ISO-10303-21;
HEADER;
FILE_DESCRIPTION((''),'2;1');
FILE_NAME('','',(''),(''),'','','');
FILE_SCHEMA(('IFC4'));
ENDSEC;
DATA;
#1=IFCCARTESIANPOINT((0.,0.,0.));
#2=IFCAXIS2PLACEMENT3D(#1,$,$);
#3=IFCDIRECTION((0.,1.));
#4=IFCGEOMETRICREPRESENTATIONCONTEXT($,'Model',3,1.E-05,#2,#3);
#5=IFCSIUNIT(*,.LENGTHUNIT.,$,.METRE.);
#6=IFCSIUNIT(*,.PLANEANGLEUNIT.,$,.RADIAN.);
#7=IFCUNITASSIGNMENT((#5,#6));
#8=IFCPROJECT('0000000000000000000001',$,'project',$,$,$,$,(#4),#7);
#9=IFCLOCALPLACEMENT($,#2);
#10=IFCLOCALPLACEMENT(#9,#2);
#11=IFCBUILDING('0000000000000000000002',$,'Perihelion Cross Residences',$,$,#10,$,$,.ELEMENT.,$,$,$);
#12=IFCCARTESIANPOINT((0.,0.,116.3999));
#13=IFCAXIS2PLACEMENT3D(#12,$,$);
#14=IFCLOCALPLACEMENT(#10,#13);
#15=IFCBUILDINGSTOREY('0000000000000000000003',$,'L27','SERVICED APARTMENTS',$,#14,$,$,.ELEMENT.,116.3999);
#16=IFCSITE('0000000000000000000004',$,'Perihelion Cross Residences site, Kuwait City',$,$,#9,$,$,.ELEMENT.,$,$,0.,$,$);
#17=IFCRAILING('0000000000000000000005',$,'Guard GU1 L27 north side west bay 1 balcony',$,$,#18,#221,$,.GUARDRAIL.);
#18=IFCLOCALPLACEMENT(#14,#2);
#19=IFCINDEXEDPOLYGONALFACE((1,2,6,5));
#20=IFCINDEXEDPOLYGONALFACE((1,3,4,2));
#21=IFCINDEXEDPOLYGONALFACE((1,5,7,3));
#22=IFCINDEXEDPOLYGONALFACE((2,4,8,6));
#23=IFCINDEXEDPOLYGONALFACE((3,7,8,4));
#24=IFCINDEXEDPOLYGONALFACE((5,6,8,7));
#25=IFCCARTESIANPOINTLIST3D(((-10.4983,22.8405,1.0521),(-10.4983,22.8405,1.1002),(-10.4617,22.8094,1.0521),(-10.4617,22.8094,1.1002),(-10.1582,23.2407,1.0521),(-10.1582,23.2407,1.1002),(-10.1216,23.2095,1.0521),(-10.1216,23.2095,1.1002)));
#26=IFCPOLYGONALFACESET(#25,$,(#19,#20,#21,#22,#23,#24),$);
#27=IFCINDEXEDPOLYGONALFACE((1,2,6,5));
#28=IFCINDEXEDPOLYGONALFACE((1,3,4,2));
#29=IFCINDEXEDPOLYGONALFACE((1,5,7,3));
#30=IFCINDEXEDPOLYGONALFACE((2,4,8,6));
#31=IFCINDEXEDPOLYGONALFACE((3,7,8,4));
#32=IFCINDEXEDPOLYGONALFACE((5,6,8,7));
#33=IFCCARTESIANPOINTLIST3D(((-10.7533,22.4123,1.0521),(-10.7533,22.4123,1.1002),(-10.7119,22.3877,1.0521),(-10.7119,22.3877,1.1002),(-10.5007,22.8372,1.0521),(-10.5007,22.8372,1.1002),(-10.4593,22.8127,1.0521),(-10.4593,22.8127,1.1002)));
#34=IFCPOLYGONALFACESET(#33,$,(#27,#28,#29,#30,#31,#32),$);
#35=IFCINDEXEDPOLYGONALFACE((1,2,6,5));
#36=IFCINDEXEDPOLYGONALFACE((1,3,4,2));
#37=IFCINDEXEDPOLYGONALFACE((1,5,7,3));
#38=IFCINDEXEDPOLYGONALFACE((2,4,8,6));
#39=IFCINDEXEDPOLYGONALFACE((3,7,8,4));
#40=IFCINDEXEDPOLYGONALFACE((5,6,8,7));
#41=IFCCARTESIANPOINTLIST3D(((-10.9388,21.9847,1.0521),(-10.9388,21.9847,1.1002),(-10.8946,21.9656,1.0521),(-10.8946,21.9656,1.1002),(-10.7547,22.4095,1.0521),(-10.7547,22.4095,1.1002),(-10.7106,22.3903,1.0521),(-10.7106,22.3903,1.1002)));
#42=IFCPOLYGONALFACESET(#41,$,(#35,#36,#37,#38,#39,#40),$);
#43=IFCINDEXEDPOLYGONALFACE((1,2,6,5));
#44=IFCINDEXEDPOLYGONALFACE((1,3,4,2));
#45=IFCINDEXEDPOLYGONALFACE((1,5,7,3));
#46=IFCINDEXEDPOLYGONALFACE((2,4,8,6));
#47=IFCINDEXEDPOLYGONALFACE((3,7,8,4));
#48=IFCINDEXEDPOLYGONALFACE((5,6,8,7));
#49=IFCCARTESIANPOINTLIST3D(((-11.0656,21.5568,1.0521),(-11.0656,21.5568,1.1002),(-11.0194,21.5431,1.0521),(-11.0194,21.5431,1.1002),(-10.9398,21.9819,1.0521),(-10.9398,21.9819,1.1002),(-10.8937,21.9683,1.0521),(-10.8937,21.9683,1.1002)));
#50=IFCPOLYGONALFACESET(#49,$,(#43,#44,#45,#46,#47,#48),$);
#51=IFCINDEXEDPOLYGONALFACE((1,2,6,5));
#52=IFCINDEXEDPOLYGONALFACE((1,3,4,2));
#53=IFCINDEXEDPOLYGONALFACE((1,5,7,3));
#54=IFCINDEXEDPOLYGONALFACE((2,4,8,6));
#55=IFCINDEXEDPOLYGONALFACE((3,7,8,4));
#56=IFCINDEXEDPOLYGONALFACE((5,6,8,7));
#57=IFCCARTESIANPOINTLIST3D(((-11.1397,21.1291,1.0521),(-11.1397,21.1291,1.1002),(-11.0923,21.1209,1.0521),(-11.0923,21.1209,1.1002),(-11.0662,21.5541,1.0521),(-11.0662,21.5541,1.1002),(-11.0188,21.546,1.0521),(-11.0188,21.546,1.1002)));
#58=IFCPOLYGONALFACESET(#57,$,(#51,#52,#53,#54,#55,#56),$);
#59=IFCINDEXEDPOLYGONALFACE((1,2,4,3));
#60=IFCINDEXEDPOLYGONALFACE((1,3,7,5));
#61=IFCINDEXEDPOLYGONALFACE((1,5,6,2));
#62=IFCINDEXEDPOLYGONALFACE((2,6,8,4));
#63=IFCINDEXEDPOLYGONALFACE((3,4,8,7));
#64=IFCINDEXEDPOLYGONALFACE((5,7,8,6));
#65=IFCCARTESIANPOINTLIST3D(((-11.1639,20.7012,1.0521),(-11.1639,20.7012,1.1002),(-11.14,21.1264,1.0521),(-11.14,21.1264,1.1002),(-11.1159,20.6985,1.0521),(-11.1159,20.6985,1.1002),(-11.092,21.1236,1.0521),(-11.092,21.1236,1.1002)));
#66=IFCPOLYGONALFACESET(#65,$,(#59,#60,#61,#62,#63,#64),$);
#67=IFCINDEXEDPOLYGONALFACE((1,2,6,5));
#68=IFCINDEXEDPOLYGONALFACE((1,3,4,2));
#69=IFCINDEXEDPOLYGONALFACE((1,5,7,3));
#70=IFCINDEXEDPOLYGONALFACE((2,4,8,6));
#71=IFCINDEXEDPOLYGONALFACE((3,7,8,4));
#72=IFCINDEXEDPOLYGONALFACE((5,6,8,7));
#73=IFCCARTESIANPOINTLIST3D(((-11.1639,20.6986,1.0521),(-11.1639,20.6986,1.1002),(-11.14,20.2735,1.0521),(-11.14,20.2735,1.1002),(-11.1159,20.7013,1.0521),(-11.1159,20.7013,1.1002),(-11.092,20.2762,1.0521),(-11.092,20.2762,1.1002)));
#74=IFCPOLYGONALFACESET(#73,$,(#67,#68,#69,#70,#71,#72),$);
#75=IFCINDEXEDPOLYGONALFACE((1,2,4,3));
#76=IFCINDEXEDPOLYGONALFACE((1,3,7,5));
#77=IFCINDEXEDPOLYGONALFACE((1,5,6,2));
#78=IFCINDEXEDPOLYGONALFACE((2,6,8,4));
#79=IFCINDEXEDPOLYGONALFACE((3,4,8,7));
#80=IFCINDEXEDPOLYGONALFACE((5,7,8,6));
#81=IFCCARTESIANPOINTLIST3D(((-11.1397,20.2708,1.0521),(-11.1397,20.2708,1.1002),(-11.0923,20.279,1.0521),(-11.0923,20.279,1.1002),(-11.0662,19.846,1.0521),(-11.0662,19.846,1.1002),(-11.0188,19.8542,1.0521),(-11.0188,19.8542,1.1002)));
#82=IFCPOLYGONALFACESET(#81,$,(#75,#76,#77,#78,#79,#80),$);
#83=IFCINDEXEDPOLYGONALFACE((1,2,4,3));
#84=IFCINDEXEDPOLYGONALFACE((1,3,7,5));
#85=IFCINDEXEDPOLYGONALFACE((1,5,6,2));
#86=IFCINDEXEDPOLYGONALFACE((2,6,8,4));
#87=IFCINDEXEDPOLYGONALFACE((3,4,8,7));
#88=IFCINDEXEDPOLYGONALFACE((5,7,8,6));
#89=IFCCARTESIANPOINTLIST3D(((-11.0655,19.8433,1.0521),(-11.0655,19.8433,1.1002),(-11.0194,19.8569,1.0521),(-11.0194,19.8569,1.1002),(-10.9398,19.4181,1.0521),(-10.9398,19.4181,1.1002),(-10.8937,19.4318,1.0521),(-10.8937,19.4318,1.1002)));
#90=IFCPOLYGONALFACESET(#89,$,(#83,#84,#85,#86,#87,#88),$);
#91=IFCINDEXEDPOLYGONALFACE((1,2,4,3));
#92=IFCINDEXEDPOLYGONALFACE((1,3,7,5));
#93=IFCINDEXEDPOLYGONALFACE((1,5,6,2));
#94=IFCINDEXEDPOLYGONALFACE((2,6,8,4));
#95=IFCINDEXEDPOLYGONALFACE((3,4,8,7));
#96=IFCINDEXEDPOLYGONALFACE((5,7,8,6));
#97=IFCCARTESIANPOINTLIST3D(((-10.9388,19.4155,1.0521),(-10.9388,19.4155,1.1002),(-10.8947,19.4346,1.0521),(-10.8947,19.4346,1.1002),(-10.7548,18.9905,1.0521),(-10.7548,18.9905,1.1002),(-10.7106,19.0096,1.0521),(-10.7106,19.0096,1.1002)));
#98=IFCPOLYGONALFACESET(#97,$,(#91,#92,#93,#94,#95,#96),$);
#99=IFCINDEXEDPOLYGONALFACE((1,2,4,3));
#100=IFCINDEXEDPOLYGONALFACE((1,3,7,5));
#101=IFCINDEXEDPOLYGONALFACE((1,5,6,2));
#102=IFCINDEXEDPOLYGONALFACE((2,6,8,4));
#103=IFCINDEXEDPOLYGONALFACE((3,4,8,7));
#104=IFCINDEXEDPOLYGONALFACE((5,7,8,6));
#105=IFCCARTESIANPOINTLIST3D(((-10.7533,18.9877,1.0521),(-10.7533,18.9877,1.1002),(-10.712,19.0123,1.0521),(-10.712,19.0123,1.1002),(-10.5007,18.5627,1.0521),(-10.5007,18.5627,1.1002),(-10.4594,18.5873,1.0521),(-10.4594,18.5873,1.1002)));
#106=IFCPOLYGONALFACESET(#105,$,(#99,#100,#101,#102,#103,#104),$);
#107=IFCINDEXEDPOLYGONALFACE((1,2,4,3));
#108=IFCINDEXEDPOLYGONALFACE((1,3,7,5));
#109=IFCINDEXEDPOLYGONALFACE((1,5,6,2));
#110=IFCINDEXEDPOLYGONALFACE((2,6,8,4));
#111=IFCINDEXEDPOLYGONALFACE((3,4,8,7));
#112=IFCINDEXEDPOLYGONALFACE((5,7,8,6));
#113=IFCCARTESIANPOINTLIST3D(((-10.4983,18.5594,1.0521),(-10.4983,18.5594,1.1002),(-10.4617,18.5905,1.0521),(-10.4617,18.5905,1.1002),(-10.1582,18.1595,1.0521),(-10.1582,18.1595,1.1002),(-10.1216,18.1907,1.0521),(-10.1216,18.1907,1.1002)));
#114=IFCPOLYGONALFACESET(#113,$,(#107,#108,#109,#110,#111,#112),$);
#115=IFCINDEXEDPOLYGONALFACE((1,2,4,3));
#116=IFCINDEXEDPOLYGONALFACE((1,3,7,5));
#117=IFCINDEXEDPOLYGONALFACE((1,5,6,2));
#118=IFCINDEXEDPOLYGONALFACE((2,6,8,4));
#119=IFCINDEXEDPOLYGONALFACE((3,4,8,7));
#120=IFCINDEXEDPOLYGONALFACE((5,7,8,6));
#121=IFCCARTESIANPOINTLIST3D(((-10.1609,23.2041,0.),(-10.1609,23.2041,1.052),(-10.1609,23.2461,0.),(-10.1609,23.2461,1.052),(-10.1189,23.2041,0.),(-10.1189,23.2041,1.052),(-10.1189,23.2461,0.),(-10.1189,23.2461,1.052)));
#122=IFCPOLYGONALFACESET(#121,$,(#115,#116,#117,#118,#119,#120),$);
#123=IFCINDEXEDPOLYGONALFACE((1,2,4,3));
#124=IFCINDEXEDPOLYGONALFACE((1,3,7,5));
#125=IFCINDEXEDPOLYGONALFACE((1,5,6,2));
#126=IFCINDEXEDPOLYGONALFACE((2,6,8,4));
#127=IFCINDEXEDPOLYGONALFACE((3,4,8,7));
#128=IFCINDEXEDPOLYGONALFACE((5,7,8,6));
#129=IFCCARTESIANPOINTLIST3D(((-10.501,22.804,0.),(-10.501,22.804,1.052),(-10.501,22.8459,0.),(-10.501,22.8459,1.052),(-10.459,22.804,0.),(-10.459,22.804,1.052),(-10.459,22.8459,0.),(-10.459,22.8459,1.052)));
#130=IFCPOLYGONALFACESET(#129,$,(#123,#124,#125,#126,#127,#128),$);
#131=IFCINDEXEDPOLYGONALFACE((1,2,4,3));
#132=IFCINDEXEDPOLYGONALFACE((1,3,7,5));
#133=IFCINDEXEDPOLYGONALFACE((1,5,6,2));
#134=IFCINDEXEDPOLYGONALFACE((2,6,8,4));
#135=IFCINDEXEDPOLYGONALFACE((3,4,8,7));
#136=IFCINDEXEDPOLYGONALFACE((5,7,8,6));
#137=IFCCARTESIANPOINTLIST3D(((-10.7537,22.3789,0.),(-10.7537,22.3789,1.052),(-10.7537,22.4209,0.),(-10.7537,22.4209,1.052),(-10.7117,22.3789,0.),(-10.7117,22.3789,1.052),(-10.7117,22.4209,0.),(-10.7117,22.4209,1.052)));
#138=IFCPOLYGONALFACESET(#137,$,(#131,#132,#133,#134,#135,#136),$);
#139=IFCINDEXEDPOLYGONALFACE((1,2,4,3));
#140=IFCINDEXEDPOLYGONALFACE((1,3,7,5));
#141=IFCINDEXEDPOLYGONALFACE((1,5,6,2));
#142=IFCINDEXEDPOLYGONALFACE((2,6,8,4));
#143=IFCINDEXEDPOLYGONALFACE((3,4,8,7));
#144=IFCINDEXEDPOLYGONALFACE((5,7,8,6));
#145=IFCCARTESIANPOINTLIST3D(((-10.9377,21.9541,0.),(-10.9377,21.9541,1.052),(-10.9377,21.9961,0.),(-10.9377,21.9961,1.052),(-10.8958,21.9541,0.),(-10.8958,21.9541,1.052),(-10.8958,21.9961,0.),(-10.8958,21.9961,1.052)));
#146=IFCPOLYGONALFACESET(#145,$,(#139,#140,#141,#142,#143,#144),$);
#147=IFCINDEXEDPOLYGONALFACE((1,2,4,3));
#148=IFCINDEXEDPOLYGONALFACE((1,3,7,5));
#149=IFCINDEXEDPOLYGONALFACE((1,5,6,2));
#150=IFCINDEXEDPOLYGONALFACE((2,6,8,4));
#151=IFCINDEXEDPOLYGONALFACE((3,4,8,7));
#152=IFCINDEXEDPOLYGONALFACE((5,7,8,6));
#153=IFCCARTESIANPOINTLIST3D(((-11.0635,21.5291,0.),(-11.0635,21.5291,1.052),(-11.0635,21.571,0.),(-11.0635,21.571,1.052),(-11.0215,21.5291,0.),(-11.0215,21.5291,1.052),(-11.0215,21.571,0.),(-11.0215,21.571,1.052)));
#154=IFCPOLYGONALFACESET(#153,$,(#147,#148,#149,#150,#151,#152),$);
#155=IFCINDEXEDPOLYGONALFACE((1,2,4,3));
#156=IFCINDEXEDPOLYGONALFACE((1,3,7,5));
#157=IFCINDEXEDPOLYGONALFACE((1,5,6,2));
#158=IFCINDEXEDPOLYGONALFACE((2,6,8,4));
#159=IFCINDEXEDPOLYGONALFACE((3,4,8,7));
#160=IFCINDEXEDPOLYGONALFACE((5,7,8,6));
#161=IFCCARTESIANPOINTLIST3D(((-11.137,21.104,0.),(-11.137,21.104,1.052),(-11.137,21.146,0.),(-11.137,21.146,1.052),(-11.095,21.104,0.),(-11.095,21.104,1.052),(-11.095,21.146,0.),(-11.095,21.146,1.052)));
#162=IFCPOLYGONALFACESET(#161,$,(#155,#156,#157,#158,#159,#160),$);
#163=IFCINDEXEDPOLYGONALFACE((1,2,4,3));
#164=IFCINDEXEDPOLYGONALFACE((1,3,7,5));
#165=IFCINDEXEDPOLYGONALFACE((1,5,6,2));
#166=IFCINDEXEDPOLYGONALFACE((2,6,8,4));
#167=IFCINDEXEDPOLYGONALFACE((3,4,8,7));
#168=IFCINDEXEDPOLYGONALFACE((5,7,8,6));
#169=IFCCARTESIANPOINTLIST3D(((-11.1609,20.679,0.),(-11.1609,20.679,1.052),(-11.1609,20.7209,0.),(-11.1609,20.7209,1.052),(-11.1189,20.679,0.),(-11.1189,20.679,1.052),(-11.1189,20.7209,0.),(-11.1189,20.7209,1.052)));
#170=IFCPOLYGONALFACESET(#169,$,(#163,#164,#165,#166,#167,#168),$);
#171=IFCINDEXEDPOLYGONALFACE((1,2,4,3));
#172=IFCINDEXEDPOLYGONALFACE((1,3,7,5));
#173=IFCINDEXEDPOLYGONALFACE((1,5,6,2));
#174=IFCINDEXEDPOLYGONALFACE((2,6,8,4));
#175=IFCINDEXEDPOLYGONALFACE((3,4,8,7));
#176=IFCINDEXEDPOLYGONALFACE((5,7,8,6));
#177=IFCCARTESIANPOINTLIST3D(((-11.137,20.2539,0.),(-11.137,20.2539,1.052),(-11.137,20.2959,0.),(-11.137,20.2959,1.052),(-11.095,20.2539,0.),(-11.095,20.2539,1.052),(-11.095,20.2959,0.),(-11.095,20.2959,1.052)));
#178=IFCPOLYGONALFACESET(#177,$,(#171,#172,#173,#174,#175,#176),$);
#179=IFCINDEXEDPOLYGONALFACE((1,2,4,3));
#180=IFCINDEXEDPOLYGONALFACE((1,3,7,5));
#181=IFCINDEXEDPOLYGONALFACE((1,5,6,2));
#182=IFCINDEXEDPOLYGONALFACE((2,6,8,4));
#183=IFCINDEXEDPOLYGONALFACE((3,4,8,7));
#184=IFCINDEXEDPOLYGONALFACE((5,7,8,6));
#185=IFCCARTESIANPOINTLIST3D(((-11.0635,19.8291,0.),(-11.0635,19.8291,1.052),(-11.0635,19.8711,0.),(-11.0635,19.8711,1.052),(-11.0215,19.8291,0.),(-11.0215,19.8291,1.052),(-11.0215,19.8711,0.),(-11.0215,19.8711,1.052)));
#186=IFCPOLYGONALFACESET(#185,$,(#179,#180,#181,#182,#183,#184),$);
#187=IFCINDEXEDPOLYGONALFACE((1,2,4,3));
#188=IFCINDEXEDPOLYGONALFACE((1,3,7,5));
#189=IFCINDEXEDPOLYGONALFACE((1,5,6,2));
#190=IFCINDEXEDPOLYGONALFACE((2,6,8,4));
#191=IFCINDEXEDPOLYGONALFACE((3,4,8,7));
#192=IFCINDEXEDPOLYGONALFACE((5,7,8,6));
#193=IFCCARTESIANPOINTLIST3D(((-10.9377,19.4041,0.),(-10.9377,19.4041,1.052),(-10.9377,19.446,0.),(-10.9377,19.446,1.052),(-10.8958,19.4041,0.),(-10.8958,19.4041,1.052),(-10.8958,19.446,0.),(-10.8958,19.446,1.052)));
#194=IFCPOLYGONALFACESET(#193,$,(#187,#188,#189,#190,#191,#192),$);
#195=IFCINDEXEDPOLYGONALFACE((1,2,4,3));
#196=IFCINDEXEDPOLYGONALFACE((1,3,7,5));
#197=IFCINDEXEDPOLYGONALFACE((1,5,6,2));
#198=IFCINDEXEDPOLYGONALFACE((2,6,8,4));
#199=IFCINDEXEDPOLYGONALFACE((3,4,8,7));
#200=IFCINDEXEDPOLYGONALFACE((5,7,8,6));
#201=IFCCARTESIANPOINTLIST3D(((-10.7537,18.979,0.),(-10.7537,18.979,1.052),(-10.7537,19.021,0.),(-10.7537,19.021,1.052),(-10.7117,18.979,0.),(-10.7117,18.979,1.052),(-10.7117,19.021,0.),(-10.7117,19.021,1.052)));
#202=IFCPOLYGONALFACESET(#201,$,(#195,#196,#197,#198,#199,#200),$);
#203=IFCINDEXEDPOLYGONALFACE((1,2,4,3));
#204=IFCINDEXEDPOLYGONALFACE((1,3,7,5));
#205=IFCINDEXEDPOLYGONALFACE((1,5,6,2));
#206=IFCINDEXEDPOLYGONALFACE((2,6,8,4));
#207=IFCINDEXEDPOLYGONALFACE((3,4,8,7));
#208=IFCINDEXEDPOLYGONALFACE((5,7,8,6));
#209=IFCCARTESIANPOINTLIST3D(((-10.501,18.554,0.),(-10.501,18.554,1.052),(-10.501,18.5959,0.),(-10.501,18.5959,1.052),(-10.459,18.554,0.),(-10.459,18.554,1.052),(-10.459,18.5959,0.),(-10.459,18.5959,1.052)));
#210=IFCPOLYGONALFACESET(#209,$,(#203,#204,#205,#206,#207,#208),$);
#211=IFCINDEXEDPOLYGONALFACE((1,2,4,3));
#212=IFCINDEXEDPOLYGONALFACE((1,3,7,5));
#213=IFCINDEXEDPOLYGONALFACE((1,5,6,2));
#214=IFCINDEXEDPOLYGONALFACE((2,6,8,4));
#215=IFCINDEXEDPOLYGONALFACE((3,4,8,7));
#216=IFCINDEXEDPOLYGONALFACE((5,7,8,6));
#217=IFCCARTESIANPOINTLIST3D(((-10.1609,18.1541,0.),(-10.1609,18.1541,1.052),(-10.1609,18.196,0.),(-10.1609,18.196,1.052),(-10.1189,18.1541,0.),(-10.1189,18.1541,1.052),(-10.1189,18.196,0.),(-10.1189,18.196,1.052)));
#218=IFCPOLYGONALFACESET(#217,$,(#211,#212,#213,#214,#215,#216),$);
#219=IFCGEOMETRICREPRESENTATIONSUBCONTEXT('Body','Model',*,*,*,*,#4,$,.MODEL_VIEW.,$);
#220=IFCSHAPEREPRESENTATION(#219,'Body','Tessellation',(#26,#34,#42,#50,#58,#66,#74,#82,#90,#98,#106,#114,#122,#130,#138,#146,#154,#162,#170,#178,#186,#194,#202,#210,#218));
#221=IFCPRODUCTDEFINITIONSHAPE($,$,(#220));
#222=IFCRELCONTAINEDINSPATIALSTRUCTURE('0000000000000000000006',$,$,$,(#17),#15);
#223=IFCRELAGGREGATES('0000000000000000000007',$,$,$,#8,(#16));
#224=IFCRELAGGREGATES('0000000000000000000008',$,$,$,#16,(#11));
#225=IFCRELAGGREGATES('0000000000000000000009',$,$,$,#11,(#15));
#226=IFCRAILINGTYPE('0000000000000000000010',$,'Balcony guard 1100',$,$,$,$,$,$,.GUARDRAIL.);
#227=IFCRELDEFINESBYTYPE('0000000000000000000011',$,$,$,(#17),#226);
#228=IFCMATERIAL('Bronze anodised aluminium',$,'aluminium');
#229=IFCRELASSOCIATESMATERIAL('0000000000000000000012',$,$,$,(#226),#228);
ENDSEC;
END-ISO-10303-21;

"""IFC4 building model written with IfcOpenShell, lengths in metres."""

from ifc_helpers import new_model, si_unit, direction, frame, origin, origin_2d, place, context, subcontext, project, spatial, rectangle, extrude, material, type_object, element, save


model = new_model("IFC4")

# Units and contexts
model_context = context("Model", 3, precision=1e-05, world=origin(), true_north=direction((0.0, 1.0)))
body_context = subcontext(model_context, "Body", "Model", "MODEL_VIEW")
ifc_project = project(units=[si_unit("LENGTHUNIT", "METRE"), si_unit("PLANEANGLEUNIT", "RADIAN")], contexts=[model_context])

# Site, building, storey
site_placement = place(None, origin())
site = spatial("IfcSite", under=ifc_project, at=site_placement, Name="Perihelion Cross Residences site, Kuwait City", CompositionType="ELEMENT", RefElevation=0.0)
building_placement = place(site_placement, origin())
building = spatial("IfcBuilding", under=site, at=building_placement, Name="Perihelion Cross Residences", CompositionType="ELEMENT")
storey_placement = place(building_placement, frame((0.0, 0.0, 116.3999)))
storey = spatial("IfcBuildingStorey", under=building, at=storey_placement, Name="L27", Description="SERVICED APARTMENTS", CompositionType="ELEMENT", Elevation=116.3999)

# Railing
ifc_material_1 = material(Name="Bronze anodised aluminium", Category="aluminium")
railing_type = type_object("IfcRailingType", Name="Balcony guard 1100", PredefinedType="GUARDRAIL", material=ifc_material_1)
railing_1_placement = place(storey_placement, frame((-10.1399, 23.2251, 0.0)))
element("IfcRailing", 1, at=railing_1_placement, inside=storey, type_object=railing_type, Name="Guard GU1 L27 north side west bay 1 balcony", PredefinedType="GUARDRAIL", context=body_context, shape_type="SweptSolid", body=[
    extrude(rectangle(XDim=0.0481, YDim=0.0481, at=origin_2d()), frame((0.0, 0.0, 1.0762), z_axis=(-0.647608, -0.761974, 0.0), x_axis=(0.761974, -0.647608, 0.0)), (0.0, 0.0, 1.0), 0.5251),
    extrude(rectangle(XDim=0.0481, YDim=0.0481, at=origin_2d()), frame((-0.3401, -0.4001, 1.0762), z_axis=(-0.511006, -0.859577, 0.0), x_axis=(0.859577, -0.511006, 0.0)), (0.0, 0.0, 1.0), 0.4944),
    extrude(rectangle(XDim=0.0481, YDim=0.0481, at=origin_2d()), frame((-0.5928, -0.8252, 1.0762), z_axis=(-0.397607, -0.917556, 0.0), x_axis=(0.917556, -0.397607, 0.0)), (0.0, 0.0, 1.0), 0.4629),
    extrude(rectangle(XDim=0.0481, YDim=0.0481, at=origin_2d()), frame((-0.7769, -1.25, 1.0762), z_axis=(-0.283657, -0.958926, 0.0), x_axis=(0.958926, -0.283657, 0.0)), (0.0, 0.0, 1.0), 0.4434),
    extrude(rectangle(XDim=0.0481, YDim=0.0481, at=origin_2d()), frame((-0.9026, -1.675, 1.0762), z_axis=(-0.170362, -0.985382, 0.0), x_axis=(0.985382, -0.170362, 0.0)), (0.0, 0.0, 1.0), 0.4314),
    extrude(rectangle(XDim=0.0481, YDim=0.0481, at=origin_2d()), frame((-0.9761, -2.1001, 1.0762), z_axis=(-0.056201, -0.99842, 0.0), x_axis=(0.99842, -0.056201, 0.0)), (0.0, 0.0, 1.0), 0.4258),
    extrude(rectangle(XDim=0.0481, YDim=0.0481, at=origin_2d()), frame((-1.0, -2.5251, 1.0762), z_axis=(0.056201, -0.99842, 0.0), x_axis=(0.99842, 0.056201, 0.0)), (0.0, 0.0, 1.0), 0.4258),
    extrude(rectangle(XDim=0.0481, YDim=0.0481, at=origin_2d()), frame((-0.9761, -2.9502, 1.0762), z_axis=(0.170457, -0.985365, 0.0), x_axis=(0.985365, 0.170457, 0.0)), (0.0, 0.0, 1.0), 0.4312),
    extrude(rectangle(XDim=0.0481, YDim=0.0481, at=origin_2d()), frame((-0.9026, -3.375, 1.0762), z_axis=(0.283657, -0.958926, 0.0), x_axis=(0.958926, 0.283657, 0.0)), (0.0, 0.0, 1.0), 0.4434),
    extrude(rectangle(XDim=0.0481, YDim=0.0481, at=origin_2d()), frame((-0.7769, -3.8, 1.0762), z_axis=(0.397415, -0.917639, 0.0), x_axis=(0.917639, 0.397415, 0.0)), (0.0, 0.0, 1.0), 0.4631),
    extrude(rectangle(XDim=0.0481, YDim=0.0481, at=origin_2d()), frame((-0.5928, -4.2251, 1.0762), z_axis=(0.511006, -0.859577, 0.0), x_axis=(0.859577, 0.511006, 0.0)), (0.0, 0.0, 1.0), 0.4944),
    extrude(rectangle(XDim=0.0481, YDim=0.0481, at=origin_2d()), frame((-0.3401, -4.6501, 1.0762), z_axis=(0.647837, -0.761779, 0.0), x_axis=(0.761779, 0.647837, 0.0)), (0.0, 0.0, 1.0), 0.5249),
    extrude(rectangle(XDim=0.042, YDim=0.042, at=origin_2d()), origin(), (0.0, 0.0, 1.0), 1.052),
    extrude(rectangle(XDim=0.042, YDim=0.042, at=origin_2d()), frame((-0.3401, -0.4001, 0.0)), (0.0, 0.0, 1.0), 1.052),
    extrude(rectangle(XDim=0.042, YDim=0.042, at=origin_2d()), frame((-0.5928, -0.8252, 0.0)), (0.0, 0.0, 1.0), 1.052),
    extrude(rectangle(XDim=0.042, YDim=0.042, at=origin_2d()), frame((-0.7769, -1.25, 0.0)), (0.0, 0.0, 1.0), 1.052),
    extrude(rectangle(XDim=0.042, YDim=0.042, at=origin_2d()), frame((-0.9026, -1.675, 0.0)), (0.0, 0.0, 1.0), 1.052),
    extrude(rectangle(XDim=0.042, YDim=0.042, at=origin_2d()), frame((-0.9761, -2.1001, 0.0)), (0.0, 0.0, 1.0), 1.052),
    extrude(rectangle(XDim=0.042, YDim=0.042, at=origin_2d()), frame((-1.0, -2.5251, 0.0)), (0.0, 0.0, 1.0), 1.052),
    extrude(rectangle(XDim=0.042, YDim=0.042, at=origin_2d()), frame((-0.9761, -2.9502, 0.0)), (0.0, 0.0, 1.0), 1.052),
    extrude(rectangle(XDim=0.042, YDim=0.042, at=origin_2d()), frame((-0.9026, -3.375, 0.0)), (0.0, 0.0, 1.0), 1.052),
    extrude(rectangle(XDim=0.042, YDim=0.042, at=origin_2d()), frame((-0.7769, -3.8, 0.0)), (0.0, 0.0, 1.0), 1.052),
    extrude(rectangle(XDim=0.042, YDim=0.042, at=origin_2d()), frame((-0.5928, -4.2251, 0.0)), (0.0, 0.0, 1.0), 1.052),
    extrude(rectangle(XDim=0.042, YDim=0.042, at=origin_2d()), frame((-0.3401, -4.6501, 0.0)), (0.0, 0.0, 1.0), 1.052),
    extrude(rectangle(XDim=0.042, YDim=0.042, at=origin_2d()), frame((0.0, -5.05, 0.0)), (0.0, 0.0, 1.0), 1.052),
])

save(model, "model.ifc")
